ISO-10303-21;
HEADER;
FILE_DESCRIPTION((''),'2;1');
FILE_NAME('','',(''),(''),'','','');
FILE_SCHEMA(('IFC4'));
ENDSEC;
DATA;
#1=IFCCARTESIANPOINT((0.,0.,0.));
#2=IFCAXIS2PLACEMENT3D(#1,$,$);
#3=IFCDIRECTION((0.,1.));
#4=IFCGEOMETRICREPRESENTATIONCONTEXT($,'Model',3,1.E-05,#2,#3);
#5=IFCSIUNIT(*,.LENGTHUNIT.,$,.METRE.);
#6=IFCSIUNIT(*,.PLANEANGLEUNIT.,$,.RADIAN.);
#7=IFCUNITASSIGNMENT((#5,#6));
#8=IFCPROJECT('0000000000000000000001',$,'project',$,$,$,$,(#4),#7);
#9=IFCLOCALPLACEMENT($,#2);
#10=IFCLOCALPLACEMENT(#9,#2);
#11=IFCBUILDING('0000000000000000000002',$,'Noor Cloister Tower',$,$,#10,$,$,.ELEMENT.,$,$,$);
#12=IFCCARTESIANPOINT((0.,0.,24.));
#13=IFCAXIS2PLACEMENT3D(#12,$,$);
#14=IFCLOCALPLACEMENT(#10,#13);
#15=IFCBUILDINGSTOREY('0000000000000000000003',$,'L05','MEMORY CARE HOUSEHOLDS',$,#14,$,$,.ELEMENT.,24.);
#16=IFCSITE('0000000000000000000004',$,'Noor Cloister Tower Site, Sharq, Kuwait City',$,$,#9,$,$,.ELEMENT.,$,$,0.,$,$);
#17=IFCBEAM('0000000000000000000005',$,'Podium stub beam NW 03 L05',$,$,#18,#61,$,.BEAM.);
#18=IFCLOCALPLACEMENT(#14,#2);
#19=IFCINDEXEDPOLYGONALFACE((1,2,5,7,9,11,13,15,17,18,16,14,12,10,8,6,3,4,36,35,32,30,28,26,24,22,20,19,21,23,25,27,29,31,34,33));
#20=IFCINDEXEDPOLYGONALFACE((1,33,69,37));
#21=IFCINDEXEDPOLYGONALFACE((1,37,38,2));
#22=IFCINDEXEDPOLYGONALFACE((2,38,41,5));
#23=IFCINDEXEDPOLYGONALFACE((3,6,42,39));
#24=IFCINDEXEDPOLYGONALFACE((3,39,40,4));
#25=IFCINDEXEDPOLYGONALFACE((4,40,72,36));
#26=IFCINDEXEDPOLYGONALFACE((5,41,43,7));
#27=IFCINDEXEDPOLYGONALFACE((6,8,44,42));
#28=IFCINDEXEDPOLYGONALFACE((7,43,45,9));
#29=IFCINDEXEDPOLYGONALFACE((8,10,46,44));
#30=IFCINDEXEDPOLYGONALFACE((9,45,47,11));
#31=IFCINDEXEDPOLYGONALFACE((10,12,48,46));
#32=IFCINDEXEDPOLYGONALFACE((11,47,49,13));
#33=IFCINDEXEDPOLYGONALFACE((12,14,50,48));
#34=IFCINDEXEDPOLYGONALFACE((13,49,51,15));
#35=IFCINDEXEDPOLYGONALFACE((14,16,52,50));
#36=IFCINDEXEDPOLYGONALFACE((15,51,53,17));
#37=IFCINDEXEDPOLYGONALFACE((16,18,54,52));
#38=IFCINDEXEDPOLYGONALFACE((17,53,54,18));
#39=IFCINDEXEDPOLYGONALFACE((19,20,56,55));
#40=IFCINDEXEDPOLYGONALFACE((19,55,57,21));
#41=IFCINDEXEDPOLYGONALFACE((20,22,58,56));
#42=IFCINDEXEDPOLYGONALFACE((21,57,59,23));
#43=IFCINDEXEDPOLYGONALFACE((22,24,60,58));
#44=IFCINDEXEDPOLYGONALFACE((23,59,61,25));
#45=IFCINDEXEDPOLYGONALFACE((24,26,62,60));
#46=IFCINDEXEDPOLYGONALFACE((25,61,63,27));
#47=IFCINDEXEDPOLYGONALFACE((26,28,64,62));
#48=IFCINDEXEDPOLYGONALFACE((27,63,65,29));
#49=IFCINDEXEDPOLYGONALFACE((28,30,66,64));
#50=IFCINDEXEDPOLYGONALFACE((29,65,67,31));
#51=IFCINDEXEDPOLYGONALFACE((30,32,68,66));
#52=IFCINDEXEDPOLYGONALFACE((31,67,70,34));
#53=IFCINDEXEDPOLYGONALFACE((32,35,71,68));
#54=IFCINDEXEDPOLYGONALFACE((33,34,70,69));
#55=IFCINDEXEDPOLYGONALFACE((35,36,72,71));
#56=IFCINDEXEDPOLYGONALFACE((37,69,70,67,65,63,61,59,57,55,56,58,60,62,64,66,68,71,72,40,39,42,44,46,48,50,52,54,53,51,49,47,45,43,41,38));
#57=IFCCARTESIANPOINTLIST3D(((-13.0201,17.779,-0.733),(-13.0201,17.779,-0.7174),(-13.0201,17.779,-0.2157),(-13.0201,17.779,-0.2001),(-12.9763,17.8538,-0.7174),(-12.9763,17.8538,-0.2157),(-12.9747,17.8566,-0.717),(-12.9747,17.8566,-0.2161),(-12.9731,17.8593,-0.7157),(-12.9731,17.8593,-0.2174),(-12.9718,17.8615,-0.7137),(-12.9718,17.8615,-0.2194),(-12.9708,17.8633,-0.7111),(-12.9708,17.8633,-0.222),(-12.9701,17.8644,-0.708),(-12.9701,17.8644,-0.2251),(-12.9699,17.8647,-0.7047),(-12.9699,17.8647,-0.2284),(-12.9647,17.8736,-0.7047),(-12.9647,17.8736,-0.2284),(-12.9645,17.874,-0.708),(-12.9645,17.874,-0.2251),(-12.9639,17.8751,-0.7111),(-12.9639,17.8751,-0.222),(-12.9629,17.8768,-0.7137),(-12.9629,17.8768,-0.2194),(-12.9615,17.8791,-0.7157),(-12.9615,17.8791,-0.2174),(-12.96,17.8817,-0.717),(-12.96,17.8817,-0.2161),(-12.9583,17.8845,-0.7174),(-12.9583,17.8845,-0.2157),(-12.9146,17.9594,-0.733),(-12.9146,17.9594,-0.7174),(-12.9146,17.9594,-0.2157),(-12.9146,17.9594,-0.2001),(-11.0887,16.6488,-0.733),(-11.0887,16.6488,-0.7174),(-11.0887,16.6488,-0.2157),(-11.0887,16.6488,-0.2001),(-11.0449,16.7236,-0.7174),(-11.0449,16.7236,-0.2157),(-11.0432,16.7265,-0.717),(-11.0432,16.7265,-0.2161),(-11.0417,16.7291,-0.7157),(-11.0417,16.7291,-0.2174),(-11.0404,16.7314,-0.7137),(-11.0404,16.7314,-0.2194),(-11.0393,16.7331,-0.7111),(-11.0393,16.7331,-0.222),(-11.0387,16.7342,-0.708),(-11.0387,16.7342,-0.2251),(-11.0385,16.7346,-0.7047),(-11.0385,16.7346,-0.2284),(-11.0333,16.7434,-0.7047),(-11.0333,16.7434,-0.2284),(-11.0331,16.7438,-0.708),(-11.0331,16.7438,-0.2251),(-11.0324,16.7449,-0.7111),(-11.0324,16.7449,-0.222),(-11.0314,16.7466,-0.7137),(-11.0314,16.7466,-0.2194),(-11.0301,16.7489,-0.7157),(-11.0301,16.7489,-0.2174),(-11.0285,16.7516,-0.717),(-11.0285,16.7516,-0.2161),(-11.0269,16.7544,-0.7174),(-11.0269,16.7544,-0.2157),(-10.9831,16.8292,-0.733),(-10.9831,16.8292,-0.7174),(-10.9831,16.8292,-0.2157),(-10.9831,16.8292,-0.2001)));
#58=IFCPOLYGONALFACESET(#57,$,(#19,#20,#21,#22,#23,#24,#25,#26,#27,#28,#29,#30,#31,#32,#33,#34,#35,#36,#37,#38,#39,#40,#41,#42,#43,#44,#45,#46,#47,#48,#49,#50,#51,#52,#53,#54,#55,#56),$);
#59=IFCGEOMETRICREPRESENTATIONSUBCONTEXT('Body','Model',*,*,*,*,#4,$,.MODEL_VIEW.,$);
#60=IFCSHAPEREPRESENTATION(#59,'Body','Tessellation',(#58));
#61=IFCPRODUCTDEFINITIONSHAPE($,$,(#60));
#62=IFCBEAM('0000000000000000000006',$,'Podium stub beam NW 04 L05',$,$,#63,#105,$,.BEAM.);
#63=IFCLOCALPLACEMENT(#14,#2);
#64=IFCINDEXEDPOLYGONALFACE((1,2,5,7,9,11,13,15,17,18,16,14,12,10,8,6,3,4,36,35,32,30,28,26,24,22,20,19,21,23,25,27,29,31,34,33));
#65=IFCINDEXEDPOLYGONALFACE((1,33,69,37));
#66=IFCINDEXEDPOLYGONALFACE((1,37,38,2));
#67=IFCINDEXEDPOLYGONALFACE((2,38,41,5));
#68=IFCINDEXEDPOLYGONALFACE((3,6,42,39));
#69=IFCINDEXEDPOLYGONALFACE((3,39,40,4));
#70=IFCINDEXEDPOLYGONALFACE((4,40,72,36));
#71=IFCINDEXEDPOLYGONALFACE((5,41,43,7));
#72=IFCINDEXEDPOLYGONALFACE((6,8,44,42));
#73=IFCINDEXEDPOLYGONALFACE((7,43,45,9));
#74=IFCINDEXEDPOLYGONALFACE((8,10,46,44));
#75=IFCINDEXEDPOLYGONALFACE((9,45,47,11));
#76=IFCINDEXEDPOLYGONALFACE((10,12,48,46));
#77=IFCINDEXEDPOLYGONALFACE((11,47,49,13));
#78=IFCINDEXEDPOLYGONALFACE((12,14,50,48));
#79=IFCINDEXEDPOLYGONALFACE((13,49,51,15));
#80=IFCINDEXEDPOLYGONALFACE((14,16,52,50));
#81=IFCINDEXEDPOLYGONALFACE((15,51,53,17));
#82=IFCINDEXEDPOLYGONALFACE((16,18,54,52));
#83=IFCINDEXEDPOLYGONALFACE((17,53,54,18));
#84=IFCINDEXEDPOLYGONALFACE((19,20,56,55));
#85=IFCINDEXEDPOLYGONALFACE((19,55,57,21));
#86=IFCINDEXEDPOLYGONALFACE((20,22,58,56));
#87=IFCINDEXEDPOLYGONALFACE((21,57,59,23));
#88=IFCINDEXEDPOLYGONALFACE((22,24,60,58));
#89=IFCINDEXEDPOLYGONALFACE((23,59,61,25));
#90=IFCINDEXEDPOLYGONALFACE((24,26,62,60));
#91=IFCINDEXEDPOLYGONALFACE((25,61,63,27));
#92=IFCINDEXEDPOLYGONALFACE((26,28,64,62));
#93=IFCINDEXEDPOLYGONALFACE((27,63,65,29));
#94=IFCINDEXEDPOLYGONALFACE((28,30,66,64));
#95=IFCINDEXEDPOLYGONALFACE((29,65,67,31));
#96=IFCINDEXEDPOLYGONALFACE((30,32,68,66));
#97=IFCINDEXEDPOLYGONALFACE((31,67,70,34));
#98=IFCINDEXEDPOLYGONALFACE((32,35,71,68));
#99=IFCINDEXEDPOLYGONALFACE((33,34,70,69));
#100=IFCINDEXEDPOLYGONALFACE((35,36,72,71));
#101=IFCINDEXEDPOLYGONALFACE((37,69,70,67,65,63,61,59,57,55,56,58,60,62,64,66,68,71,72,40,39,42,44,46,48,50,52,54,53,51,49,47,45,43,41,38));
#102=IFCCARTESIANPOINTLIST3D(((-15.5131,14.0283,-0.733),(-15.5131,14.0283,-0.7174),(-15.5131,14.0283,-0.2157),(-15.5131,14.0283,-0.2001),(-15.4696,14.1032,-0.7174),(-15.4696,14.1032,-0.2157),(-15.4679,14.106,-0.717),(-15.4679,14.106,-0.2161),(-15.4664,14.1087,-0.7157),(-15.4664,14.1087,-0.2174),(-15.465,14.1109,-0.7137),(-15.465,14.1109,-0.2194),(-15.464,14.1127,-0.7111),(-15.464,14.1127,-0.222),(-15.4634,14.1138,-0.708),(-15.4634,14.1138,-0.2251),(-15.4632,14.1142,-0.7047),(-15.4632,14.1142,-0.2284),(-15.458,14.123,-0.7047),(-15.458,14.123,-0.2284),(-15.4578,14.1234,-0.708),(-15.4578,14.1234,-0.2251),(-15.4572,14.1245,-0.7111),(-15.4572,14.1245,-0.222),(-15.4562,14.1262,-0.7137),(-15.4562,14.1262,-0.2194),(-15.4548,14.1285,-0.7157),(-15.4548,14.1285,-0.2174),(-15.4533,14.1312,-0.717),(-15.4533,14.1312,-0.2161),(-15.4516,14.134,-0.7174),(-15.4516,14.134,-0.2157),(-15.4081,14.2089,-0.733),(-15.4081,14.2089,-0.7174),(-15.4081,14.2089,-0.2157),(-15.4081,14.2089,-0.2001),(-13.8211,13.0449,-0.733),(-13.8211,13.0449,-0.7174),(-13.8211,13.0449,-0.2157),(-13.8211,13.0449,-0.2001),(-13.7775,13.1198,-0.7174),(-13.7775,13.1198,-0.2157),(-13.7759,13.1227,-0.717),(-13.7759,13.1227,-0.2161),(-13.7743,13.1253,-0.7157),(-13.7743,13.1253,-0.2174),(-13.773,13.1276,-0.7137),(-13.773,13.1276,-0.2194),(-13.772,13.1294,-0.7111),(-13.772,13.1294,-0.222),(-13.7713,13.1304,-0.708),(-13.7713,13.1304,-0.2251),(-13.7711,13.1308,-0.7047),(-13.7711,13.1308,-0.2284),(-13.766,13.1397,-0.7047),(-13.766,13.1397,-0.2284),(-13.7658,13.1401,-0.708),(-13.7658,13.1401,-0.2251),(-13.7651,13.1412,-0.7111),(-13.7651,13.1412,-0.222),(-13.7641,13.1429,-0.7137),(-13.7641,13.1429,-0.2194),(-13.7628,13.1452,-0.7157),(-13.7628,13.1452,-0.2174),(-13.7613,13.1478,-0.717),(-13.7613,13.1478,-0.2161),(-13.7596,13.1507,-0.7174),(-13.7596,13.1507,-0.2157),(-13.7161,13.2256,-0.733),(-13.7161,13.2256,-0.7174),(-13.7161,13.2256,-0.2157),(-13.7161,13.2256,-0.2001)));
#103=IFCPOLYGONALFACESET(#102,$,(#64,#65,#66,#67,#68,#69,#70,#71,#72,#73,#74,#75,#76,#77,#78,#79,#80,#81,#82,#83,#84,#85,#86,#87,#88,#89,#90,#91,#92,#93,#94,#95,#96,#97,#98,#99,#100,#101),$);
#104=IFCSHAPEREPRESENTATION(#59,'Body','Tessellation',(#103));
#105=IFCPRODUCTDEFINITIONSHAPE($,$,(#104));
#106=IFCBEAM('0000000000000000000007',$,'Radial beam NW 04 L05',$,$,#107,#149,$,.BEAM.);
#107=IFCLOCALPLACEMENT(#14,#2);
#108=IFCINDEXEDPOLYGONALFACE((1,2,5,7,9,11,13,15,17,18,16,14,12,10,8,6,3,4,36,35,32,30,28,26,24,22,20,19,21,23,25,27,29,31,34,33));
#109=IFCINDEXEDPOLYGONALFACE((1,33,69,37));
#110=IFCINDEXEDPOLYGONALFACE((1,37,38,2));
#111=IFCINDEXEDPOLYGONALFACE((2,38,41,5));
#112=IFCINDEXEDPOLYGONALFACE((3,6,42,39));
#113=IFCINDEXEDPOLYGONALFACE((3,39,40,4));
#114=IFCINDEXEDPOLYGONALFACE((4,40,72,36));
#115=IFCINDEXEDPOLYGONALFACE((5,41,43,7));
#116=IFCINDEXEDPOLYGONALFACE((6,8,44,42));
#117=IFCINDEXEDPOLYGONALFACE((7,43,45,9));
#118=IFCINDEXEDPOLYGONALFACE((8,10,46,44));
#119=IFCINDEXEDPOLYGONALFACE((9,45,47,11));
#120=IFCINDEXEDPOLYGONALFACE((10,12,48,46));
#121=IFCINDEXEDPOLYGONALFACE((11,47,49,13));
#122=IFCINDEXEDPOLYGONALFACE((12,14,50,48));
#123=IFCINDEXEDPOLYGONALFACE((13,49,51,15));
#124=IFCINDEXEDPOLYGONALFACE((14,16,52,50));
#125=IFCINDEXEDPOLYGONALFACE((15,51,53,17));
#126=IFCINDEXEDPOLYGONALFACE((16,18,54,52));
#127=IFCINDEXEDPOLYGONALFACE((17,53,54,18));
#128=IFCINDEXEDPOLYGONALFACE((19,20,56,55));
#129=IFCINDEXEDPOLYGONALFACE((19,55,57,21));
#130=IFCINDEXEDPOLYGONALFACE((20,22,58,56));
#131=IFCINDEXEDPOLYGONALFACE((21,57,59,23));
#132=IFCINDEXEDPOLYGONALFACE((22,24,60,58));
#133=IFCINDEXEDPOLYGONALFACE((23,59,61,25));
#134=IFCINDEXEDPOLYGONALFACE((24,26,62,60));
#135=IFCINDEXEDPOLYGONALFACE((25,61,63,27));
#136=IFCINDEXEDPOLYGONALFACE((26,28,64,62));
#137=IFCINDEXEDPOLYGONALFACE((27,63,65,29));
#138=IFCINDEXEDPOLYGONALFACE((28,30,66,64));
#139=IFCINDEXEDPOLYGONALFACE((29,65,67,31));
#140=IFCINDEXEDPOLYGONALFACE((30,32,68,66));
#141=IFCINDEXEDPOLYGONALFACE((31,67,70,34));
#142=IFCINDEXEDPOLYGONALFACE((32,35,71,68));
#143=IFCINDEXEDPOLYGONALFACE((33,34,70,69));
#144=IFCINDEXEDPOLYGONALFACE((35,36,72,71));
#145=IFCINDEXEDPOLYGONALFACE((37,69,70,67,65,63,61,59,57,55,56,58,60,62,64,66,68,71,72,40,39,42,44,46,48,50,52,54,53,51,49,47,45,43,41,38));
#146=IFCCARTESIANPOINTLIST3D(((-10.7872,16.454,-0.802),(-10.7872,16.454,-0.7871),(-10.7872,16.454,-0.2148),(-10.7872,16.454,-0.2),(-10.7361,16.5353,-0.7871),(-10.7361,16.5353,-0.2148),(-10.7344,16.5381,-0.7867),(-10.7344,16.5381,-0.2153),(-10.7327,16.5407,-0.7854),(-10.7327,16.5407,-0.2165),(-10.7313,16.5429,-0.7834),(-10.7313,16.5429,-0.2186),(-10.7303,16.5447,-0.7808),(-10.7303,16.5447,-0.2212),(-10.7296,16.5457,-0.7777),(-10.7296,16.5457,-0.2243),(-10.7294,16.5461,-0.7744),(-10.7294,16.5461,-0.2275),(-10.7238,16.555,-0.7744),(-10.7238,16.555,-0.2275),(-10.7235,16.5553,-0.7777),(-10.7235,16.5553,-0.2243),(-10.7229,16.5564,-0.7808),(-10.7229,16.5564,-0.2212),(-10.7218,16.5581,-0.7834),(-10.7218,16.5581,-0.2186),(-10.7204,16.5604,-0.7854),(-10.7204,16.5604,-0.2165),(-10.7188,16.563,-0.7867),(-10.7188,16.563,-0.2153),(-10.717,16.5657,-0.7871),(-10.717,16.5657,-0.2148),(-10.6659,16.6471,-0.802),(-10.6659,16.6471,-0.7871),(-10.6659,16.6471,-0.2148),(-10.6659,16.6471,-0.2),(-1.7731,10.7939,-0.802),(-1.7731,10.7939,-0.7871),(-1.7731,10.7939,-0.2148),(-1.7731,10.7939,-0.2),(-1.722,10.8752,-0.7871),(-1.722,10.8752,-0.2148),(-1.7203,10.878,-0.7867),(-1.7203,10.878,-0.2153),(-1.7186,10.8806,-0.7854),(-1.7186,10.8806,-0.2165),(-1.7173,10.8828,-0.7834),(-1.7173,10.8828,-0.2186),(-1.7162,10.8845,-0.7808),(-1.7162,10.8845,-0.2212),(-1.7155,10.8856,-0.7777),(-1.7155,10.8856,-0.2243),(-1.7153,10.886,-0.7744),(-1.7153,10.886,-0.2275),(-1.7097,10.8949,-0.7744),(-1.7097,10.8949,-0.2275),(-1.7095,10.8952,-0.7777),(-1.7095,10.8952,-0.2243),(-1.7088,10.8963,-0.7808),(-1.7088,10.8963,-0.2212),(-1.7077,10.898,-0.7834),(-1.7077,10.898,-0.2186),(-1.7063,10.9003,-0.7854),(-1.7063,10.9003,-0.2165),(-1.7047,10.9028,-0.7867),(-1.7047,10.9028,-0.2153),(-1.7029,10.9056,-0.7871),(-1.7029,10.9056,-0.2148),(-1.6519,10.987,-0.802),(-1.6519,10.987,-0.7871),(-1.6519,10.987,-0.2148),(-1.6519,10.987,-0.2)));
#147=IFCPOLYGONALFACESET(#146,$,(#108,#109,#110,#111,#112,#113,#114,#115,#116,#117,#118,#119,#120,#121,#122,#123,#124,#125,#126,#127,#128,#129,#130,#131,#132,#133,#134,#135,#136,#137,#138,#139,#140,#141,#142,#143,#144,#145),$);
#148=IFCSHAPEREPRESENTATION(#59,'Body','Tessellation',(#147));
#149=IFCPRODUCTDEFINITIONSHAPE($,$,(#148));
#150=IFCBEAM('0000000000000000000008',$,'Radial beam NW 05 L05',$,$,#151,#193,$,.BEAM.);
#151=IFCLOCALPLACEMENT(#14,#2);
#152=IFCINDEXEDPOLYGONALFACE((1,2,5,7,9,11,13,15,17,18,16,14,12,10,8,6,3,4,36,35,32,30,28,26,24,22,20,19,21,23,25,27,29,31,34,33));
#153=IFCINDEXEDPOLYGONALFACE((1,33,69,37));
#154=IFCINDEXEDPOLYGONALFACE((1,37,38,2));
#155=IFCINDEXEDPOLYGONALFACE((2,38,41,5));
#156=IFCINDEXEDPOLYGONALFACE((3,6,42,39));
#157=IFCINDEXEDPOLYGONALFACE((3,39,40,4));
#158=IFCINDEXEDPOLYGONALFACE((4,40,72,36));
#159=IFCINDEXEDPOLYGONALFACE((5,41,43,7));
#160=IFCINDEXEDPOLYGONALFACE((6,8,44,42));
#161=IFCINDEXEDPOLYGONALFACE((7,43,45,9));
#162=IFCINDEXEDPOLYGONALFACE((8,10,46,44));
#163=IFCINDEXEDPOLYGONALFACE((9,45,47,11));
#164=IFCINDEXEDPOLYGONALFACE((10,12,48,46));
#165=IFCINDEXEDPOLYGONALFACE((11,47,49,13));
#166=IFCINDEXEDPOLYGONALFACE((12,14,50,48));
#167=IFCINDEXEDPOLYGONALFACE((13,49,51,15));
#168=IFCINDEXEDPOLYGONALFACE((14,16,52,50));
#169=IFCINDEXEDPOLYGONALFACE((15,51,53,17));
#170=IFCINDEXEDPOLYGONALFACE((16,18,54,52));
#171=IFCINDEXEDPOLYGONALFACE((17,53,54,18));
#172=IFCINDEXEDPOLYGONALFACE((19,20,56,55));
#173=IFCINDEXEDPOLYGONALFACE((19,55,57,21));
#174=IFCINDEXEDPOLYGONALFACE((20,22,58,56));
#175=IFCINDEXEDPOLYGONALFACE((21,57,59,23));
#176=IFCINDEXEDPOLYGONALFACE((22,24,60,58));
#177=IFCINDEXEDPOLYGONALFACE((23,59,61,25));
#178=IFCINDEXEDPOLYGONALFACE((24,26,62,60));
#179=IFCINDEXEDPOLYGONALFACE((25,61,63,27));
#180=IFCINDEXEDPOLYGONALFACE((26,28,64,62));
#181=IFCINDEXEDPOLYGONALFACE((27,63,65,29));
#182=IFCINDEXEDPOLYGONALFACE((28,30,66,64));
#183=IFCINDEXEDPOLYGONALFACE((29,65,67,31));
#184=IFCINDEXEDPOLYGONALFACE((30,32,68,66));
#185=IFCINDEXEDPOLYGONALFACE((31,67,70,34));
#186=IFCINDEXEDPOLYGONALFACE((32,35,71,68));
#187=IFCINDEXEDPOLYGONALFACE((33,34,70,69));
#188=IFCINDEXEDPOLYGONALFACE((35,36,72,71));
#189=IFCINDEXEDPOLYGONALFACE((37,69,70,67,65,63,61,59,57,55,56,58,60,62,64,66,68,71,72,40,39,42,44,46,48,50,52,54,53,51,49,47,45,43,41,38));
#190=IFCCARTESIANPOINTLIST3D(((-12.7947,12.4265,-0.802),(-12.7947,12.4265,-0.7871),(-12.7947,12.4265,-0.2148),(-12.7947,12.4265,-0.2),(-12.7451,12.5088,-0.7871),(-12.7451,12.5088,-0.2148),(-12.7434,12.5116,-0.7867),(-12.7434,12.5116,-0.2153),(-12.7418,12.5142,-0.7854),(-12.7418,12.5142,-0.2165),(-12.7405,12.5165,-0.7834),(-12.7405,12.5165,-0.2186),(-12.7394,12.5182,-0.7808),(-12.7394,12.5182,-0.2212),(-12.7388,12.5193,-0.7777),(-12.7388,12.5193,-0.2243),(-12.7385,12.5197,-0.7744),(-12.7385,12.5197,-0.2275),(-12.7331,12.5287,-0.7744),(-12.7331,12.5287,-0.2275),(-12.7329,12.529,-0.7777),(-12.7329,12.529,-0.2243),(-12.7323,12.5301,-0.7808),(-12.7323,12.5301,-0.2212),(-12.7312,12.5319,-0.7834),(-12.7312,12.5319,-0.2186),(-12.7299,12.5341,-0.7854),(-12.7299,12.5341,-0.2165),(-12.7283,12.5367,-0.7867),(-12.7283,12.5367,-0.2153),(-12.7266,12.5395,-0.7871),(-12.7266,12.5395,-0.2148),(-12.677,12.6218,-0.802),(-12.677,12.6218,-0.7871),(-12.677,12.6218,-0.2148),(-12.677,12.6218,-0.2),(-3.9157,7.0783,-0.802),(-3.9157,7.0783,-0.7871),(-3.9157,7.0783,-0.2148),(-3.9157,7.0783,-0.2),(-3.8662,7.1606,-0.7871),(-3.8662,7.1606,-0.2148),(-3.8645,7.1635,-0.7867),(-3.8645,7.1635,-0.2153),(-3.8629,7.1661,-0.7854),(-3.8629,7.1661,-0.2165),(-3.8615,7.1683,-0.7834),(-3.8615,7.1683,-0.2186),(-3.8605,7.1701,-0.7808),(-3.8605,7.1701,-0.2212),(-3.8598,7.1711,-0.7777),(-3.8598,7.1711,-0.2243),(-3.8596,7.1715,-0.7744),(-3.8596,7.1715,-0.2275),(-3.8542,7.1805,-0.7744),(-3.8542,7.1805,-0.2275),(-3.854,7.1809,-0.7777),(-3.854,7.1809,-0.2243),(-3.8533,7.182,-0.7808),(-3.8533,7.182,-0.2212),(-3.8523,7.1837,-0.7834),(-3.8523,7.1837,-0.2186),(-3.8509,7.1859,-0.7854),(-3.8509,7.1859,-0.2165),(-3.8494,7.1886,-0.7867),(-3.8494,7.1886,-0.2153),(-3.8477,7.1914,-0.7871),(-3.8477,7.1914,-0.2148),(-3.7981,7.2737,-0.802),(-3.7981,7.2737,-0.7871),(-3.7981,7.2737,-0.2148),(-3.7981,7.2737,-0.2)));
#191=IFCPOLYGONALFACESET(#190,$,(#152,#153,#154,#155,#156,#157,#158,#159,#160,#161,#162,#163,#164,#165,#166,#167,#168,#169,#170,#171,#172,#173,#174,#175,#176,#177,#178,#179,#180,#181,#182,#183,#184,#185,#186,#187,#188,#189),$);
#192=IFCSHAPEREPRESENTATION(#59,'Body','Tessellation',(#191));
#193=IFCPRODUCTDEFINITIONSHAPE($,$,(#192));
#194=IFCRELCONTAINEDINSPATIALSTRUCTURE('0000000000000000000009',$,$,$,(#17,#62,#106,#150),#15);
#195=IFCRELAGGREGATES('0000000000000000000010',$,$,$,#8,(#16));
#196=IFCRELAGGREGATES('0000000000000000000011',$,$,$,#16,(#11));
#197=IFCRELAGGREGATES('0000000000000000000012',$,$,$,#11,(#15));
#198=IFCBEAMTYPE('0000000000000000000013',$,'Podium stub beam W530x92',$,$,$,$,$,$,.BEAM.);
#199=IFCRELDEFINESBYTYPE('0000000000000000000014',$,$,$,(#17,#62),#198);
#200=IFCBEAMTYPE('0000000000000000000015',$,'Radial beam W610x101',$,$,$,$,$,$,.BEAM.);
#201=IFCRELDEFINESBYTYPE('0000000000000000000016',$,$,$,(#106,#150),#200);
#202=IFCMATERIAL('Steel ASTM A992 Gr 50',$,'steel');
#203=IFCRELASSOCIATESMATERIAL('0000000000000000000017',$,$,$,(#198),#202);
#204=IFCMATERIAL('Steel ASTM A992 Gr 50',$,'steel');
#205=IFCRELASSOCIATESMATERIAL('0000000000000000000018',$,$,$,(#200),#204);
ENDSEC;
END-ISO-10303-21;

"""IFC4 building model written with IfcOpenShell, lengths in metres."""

from ifc_helpers import new_model, si_unit, direction, frame, origin, origin_2d, place, context, subcontext, project, spatial, i_section, extrude, material, material_profile, profile_set, type_object, element, save


model = new_model("IFC4")

# Units and contexts
model_context = context("Model", 3, precision=1e-05, world=origin(), true_north=direction((0.0, 1.0)))
body_context = subcontext(model_context, "Body", "Model", "MODEL_VIEW")
ifc_project = project(units=[si_unit("LENGTHUNIT", "METRE"), si_unit("PLANEANGLEUNIT", "RADIAN")], contexts=[model_context])

# Site, building, storey
site_placement = place(None, origin())
site = spatial("IfcSite", under=ifc_project, at=site_placement, Name="Noor Cloister Tower Site, Sharq, Kuwait City", CompositionType="ELEMENT", RefElevation=0.0)
building_placement = place(site_placement, origin())
building = spatial("IfcBuilding", under=site, at=building_placement, Name="Noor Cloister Tower", CompositionType="ELEMENT")
storey_placement = place(building_placement, frame((0.0, 0.0, 24.0)))
storey = spatial("IfcBuildingStorey", under=building, at=storey_placement, Name="L05", Description="MEMORY CARE HOUSEHOLDS", CompositionType="ELEMENT", Elevation=24.0)

# Beams
ifc_material_1 = material(Name="Steel ASTM A992 Gr 50", Category="steel")
ifc_material_profile_1 = material_profile(ifc_material_1, i_section(OverallWidth=0.209, OverallDepth=0.533, WebThickness=0.0103, FlangeThickness=0.0156, FilletRadius=0.0127, at=origin_2d()), Name="W530x92")
ifc_profile_set_1 = profile_set([ifc_material_profile_1], Name="Steel ASTM A992 Gr 50")
beam_type_1 = type_object("IfcBeamType", Name="Podium stub beam W530x92", PredefinedType="BEAM", material=ifc_profile_set_1)
beam_1_placement = place(storey_placement, frame((-11.0359, 16.739, -0.4666), z_axis=(-0.863101, 0.505031, 0.0), x_axis=(-0.505031, -0.863101, 0.0)))
element("IfcBeam", 1, at=beam_1_placement, inside=storey, type_object=beam_type_1, Name="Podium stub beam NW 03 L05", PredefinedType="BEAM", context=body_context, shape_type="SweptSolid", body=[
    extrude(i_section(OverallWidth=0.209, OverallDepth=0.533, WebThickness=0.0103, FlangeThickness=0.0156, FilletRadius=0.0127, at=origin_2d()), origin(), (0.0, 0.0, 1.0), 2.2378),
])
beam_2_placement = place(storey_placement, frame((-13.7686, 13.1353, -0.4666), z_axis=(-0.864597, 0.502467, 0.0), x_axis=(-0.502467, -0.864597, 0.0)))
element("IfcBeam", 2, at=beam_2_placement, inside=storey, type_object=beam_type_1, Name="Podium stub beam NW 04 L05", PredefinedType="BEAM", context=body_context, shape_type="SweptSolid", body=[
    extrude(i_section(OverallWidth=0.209, OverallDepth=0.533, WebThickness=0.0103, FlangeThickness=0.0156, FilletRadius=0.0127, at=origin_2d()), origin(), (0.0, 0.0, 1.0), 1.957),
])
ifc_material_2 = material(Name="Steel ASTM A992 Gr 50", Category="steel")
ifc_material_profile_2 = material_profile(ifc_material_2, i_section(OverallWidth=0.228, OverallDepth=0.6021, WebThickness=0.0105, FlangeThickness=0.0149, FilletRadius=0.0127, at=origin_2d()), Name="W610x101")
ifc_profile_set_2 = profile_set([ifc_material_profile_2], Name="Steel ASTM A992 Gr 50")
beam_type_2 = type_object("IfcBeamType", Name="Radial beam W610x101", PredefinedType="BEAM", material=ifc_profile_set_2)
beam_3_placement = place(storey_placement, frame((-10.7266, 16.5505, -0.501), z_axis=(0.846886, -0.531775, 0.0), x_axis=(0.531775, 0.846886, 0.0)))
element("IfcBeam", 3, at=beam_3_placement, inside=storey, type_object=beam_type_2, Name="Radial beam NW 04 L05", PredefinedType="BEAM", context=body_context, shape_type="SweptSolid", body=[
    extrude(i_section(OverallWidth=0.228, OverallDepth=0.6021, WebThickness=0.0105, FlangeThickness=0.0149, FilletRadius=0.0127, at=origin_2d()), origin(), (0.0, 0.0, 1.0), 10.6438),
])
beam_4_placement = place(storey_placement, frame((-12.7358, 12.5242, -0.501), z_axis=(0.856606, -0.515971, 0.0), x_axis=(0.515971, 0.856606, 0.0)))
element("IfcBeam", 4, at=beam_4_placement, inside=storey, type_object=beam_type_2, Name="Radial beam NW 05 L05", PredefinedType="BEAM", context=body_context, shape_type="SweptSolid", body=[
    extrude(i_section(OverallWidth=0.228, OverallDepth=0.6021, WebThickness=0.0105, FlangeThickness=0.0149, FilletRadius=0.0127, at=origin_2d()), origin(), (0.0, 0.0, 1.0), 10.3652),
])

save(model, "model.ifc")
